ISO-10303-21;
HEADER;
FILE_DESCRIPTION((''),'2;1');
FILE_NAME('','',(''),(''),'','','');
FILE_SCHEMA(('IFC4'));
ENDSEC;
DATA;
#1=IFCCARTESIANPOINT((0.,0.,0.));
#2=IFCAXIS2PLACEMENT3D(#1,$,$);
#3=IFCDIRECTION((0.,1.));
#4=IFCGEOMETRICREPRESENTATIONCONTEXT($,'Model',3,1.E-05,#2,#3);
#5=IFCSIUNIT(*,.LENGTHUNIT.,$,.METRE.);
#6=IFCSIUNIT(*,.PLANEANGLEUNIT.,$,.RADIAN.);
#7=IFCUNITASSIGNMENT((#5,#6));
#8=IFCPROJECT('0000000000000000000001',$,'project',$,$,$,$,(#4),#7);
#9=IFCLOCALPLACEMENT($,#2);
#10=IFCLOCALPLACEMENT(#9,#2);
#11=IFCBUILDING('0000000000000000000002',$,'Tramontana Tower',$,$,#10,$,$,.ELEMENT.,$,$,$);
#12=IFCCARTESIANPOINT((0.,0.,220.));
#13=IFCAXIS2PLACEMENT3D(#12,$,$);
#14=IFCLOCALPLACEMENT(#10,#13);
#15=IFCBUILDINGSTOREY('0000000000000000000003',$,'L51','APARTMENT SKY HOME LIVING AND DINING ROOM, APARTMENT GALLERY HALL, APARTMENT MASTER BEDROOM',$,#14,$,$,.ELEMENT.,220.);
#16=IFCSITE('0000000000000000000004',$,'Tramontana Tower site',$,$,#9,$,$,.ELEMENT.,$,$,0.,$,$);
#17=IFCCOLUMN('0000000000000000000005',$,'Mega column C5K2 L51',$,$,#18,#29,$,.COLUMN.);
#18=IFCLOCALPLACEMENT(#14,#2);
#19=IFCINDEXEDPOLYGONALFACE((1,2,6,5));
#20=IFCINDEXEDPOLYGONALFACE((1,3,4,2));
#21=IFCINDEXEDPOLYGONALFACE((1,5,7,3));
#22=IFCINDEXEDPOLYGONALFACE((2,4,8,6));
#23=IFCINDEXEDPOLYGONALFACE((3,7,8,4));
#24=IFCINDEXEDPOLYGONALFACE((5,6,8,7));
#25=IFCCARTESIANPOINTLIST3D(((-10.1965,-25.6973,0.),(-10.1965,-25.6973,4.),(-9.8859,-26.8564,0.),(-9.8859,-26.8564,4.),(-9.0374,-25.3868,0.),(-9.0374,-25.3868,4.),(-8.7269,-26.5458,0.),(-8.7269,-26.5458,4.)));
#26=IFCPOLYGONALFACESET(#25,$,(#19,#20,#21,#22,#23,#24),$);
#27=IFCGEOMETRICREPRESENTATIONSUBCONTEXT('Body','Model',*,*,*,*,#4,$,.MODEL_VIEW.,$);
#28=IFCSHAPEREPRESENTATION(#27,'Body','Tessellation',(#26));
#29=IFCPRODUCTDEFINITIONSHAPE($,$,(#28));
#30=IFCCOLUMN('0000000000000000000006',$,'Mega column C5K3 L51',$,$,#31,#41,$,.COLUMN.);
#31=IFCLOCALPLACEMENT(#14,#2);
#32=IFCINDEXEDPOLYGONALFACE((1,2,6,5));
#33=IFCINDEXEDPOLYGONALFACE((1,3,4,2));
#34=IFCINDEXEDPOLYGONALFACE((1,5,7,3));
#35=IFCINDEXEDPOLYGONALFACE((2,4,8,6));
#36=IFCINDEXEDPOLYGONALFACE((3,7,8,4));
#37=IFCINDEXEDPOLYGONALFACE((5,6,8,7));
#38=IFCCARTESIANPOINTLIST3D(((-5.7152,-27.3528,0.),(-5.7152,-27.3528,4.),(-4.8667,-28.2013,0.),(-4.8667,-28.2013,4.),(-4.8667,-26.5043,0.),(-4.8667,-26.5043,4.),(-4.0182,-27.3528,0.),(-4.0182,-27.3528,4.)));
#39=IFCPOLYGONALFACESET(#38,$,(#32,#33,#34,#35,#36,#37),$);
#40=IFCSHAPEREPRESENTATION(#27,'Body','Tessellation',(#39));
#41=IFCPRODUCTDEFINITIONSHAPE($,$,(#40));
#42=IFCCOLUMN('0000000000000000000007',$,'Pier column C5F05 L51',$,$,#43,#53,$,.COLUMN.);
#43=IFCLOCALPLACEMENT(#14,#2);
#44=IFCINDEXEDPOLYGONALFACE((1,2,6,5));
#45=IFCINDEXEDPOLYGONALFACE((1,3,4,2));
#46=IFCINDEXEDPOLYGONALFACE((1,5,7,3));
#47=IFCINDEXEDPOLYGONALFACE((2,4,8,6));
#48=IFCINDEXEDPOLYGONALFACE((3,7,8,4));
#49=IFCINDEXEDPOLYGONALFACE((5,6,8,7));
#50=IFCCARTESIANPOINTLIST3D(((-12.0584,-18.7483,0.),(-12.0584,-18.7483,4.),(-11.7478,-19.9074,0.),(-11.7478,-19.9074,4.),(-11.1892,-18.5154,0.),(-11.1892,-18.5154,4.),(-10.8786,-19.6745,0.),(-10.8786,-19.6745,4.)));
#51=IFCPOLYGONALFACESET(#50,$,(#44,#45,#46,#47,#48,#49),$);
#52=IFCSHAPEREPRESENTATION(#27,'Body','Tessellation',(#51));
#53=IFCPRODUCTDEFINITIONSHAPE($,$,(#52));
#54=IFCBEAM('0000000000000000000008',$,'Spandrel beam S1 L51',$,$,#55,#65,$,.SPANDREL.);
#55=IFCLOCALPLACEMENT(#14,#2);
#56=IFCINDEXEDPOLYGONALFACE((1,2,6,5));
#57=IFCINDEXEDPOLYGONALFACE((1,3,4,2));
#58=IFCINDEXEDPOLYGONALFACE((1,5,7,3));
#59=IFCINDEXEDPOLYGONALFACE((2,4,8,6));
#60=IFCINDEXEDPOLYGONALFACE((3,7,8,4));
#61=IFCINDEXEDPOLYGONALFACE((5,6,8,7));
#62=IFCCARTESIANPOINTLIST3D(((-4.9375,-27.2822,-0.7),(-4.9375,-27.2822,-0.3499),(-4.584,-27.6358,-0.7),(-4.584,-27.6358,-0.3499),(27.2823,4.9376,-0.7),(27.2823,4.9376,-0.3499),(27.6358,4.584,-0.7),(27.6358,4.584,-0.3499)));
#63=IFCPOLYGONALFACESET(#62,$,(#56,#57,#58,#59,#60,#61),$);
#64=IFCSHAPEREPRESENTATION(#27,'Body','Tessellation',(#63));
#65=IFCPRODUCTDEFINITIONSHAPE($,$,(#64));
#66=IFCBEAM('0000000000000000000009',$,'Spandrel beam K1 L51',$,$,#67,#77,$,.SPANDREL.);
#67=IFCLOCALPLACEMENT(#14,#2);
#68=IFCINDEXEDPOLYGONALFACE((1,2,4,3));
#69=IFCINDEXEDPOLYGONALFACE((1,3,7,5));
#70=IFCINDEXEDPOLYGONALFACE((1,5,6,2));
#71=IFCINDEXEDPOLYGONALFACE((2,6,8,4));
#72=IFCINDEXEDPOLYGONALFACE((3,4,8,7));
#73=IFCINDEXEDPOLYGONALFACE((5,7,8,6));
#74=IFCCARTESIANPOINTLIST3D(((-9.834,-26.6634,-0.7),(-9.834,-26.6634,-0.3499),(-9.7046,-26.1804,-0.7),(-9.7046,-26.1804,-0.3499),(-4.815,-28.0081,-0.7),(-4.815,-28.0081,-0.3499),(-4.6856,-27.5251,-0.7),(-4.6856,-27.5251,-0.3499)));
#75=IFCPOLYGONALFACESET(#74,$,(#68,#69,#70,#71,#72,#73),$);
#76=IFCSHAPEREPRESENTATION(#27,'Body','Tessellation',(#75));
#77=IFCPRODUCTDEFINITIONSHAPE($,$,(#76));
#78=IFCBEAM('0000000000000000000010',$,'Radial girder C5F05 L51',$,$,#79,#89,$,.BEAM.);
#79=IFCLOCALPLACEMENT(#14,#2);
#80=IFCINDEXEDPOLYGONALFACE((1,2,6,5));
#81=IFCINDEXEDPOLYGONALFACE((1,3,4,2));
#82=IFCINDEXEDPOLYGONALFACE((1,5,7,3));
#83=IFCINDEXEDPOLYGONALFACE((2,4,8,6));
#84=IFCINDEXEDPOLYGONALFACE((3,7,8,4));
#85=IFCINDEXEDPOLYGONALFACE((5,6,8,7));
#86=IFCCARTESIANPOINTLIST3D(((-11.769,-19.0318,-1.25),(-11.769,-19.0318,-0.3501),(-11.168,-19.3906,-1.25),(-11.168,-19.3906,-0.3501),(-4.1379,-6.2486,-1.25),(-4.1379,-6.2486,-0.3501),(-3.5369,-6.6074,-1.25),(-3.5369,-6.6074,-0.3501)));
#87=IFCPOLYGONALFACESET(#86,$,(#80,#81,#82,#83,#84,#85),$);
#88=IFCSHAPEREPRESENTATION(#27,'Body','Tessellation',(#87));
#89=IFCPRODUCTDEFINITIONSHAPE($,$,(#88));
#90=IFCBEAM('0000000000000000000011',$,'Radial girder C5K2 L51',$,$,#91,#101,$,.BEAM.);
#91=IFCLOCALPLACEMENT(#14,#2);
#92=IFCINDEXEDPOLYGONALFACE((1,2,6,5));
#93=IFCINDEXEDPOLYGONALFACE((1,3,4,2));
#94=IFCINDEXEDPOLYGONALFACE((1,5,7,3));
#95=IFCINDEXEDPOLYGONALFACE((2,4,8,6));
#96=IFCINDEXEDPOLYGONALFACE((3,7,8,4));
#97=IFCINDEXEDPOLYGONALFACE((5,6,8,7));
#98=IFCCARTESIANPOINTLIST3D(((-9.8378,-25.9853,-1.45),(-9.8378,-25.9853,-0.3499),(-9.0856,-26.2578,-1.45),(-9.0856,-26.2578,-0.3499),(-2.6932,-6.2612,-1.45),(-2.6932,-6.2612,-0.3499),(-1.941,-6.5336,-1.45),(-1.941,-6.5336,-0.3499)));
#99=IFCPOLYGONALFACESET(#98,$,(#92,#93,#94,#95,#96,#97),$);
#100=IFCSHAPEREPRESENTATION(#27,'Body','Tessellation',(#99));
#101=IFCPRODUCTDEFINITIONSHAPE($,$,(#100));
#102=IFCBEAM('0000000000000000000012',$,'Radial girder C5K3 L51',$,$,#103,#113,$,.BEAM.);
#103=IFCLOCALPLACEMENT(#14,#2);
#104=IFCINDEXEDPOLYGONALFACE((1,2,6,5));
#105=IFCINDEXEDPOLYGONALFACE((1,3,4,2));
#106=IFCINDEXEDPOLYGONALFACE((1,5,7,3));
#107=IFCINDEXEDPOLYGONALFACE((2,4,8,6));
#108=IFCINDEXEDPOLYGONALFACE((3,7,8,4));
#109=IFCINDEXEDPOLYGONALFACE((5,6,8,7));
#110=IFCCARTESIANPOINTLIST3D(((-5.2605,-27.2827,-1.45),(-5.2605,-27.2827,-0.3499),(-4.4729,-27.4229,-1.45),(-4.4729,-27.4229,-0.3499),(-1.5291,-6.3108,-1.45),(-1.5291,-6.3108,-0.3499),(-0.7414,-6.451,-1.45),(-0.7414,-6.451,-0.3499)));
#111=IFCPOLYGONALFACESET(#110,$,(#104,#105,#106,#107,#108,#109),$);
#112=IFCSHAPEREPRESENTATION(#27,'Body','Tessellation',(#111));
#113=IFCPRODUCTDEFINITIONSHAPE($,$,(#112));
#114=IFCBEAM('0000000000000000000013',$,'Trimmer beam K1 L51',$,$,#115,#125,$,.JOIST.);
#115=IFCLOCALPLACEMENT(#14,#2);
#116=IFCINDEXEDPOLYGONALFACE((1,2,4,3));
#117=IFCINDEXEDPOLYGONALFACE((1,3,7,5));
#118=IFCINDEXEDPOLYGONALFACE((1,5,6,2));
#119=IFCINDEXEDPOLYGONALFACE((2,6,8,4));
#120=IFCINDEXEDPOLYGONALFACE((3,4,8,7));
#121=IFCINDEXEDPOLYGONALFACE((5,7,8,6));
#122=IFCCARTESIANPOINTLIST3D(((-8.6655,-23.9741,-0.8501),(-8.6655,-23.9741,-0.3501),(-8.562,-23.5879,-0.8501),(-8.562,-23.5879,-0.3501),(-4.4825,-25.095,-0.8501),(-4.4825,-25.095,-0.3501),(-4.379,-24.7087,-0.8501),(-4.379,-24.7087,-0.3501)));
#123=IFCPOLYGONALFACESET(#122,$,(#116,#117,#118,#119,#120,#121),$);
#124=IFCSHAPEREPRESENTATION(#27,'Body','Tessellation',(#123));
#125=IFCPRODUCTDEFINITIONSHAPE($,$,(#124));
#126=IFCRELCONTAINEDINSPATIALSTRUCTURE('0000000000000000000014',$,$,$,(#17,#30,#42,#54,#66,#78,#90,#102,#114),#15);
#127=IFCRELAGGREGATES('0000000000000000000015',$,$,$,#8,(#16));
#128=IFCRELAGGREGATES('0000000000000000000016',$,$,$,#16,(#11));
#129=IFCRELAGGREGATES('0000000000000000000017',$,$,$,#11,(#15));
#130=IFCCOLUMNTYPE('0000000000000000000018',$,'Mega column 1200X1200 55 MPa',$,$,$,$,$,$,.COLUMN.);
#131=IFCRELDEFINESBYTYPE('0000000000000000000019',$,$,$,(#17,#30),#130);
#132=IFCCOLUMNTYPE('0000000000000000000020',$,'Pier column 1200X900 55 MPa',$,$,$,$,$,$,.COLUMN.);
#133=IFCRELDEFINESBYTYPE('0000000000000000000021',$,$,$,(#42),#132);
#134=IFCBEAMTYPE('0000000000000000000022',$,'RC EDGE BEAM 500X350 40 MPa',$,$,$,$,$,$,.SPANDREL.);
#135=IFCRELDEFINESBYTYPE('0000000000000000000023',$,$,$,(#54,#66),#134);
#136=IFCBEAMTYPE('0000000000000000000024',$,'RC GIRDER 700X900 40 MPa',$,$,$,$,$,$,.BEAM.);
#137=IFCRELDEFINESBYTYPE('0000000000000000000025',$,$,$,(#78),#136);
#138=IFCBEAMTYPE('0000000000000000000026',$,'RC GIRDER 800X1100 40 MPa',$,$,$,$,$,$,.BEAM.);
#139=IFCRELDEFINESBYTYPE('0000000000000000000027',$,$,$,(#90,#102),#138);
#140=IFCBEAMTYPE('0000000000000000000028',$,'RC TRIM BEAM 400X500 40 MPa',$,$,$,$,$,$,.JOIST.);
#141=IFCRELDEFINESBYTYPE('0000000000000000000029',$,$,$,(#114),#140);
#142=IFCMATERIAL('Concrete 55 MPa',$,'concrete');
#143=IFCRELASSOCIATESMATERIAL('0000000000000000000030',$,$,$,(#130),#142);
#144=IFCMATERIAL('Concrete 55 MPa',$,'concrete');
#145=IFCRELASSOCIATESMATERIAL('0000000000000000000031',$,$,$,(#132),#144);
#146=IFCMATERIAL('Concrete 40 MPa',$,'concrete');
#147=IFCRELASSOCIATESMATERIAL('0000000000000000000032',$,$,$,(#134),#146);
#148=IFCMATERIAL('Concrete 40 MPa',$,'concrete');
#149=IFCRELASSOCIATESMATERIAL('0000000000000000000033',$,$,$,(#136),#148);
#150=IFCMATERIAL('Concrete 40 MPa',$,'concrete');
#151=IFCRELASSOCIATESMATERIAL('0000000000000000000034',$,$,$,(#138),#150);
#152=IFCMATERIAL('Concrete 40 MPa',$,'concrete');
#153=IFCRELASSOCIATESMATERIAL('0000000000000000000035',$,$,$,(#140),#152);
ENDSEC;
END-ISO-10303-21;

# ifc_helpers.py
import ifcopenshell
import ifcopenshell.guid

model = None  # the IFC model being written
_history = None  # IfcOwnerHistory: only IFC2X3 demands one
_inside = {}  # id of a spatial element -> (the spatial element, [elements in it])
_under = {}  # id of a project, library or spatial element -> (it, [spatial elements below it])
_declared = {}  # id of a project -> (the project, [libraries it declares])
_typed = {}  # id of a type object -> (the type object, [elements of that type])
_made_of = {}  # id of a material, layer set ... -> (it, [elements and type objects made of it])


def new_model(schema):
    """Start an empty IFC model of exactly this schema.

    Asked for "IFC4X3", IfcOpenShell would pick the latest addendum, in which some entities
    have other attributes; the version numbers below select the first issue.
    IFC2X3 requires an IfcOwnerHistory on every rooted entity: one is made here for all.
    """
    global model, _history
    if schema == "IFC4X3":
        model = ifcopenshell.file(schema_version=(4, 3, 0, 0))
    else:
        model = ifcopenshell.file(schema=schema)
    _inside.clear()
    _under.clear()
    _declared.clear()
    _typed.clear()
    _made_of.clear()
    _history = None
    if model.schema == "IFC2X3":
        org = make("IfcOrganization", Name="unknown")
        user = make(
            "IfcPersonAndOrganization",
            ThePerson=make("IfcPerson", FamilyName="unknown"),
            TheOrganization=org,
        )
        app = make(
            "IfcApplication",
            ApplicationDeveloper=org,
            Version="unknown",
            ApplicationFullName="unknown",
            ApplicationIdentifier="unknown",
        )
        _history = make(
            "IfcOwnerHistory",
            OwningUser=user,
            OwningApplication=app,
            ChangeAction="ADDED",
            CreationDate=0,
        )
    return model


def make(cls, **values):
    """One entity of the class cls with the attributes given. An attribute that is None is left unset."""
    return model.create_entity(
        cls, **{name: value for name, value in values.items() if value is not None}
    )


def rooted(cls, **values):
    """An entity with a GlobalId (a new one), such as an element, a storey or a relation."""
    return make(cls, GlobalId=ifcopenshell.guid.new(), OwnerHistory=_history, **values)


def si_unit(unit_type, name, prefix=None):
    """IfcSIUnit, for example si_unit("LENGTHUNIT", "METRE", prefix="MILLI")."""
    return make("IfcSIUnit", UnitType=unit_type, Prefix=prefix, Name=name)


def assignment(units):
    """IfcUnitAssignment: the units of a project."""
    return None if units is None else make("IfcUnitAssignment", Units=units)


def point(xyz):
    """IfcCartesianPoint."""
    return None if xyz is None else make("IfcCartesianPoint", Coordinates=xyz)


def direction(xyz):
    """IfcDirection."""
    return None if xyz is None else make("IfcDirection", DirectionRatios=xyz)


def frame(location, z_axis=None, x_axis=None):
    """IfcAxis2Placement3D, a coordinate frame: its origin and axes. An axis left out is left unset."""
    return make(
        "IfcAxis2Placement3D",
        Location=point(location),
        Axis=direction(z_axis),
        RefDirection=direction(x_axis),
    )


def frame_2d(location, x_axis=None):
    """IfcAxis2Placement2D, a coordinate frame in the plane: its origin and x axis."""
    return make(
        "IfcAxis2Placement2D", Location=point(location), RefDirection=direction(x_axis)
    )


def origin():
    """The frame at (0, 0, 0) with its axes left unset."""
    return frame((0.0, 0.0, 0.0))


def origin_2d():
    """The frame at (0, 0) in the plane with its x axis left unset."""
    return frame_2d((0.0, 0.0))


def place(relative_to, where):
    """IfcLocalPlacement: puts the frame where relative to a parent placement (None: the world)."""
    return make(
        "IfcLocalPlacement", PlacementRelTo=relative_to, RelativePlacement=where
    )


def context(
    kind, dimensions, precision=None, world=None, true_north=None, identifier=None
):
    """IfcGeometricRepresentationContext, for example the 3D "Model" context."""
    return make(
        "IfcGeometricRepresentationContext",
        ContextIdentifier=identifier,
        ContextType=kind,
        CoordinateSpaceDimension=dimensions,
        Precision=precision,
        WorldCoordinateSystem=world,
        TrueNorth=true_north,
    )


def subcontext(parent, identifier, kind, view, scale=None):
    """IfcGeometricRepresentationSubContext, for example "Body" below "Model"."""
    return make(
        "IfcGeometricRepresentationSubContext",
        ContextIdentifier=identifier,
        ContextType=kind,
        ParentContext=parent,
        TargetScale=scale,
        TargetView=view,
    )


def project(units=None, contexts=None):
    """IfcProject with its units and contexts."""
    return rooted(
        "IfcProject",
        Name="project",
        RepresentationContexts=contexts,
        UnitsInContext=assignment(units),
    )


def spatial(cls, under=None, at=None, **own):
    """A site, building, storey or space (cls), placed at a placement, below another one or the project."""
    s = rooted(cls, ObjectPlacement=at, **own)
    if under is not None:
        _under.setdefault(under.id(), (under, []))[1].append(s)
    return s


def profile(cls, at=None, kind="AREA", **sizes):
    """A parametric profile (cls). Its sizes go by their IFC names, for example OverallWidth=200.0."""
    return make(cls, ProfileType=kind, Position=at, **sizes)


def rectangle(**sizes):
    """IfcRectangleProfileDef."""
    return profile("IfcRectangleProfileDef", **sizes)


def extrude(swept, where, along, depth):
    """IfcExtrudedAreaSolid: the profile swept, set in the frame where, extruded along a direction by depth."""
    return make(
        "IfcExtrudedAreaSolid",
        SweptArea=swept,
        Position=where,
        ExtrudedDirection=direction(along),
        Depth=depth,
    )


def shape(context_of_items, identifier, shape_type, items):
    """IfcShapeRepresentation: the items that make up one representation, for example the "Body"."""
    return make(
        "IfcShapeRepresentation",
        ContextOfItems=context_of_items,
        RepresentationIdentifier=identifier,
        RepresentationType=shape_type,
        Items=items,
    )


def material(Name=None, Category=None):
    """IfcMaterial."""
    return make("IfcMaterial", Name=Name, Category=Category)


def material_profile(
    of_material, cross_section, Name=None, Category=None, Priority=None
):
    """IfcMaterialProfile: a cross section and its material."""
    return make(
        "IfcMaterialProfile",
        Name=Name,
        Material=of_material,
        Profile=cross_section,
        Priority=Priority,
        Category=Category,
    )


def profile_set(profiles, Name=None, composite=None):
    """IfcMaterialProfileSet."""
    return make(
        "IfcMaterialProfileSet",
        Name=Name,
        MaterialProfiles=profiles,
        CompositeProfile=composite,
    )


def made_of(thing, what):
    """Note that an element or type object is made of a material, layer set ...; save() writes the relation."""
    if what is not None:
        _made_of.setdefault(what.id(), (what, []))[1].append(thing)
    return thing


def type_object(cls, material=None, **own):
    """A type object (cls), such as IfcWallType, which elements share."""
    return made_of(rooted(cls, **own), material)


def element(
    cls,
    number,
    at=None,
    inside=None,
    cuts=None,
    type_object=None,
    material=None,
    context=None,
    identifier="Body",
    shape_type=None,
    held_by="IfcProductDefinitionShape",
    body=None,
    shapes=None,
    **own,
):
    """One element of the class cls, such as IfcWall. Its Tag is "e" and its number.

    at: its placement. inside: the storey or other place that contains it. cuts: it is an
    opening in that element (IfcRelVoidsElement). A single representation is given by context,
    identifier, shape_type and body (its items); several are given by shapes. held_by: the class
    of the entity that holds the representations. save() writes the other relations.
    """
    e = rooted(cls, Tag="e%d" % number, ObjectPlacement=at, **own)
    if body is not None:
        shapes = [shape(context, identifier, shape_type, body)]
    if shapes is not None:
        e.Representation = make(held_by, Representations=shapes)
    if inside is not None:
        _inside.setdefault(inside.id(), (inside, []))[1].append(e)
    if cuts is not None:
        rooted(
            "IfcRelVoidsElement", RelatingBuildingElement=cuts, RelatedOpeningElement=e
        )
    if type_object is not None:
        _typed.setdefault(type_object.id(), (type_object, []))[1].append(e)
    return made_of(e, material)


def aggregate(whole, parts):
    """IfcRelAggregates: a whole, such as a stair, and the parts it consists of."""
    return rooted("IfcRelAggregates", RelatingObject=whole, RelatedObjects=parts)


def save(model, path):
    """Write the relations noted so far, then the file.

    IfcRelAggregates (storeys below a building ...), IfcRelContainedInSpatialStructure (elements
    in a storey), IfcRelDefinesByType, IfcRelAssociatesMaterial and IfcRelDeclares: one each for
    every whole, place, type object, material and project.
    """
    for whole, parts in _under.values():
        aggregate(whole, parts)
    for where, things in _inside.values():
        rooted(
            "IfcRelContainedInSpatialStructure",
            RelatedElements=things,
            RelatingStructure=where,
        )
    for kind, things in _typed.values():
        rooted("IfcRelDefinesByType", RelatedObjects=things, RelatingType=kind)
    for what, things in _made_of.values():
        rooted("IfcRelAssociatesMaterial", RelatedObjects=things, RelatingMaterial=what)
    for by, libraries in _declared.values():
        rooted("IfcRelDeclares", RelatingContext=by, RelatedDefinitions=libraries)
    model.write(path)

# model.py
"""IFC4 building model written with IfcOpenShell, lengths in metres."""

from ifc_helpers import new_model, si_unit, direction, frame, origin, origin_2d, place, context, subcontext, project, spatial, rectangle, extrude, material, material_profile, profile_set, type_object, element, save


model = new_model("IFC4")

# Units and contexts
model_context = context("Model", 3, precision=1e-05, world=origin(), true_north=direction((0.0, 1.0)))
body_context = subcontext(model_context, "Body", "Model", "MODEL_VIEW")
ifc_project = project(units=[si_unit("LENGTHUNIT", "METRE"), si_unit("PLANEANGLEUNIT", "RADIAN")], contexts=[model_context])

# Site, building, storey
site_placement = place(None, origin())
site = spatial("IfcSite", under=ifc_project, at=site_placement, Name="Tramontana Tower site", CompositionType="ELEMENT", RefElevation=0.0)
building_placement = place(site_placement, origin())
building = spatial("IfcBuilding", under=site, at=building_placement, Name="Tramontana Tower", CompositionType="ELEMENT")
storey_placement = place(building_placement, frame((0.0, 0.0, 220.0)))
storey = spatial("IfcBuildingStorey", under=building, at=storey_placement, Name="L51", Description="APARTMENT SKY HOME LIVING AND DINING ROOM, APARTMENT GALLERY HALL, APARTMENT MASTER BEDROOM", CompositionType="ELEMENT", Elevation=220.0)

# Columns
ifc_material_1 = material(Name="Concrete 55 MPa", Category="concrete")
ifc_material_profile_1 = material_profile(ifc_material_1, rectangle(XDim=1.2, YDim=1.2, at=origin_2d()), Name="Mega column 1200X1200 55 MPa")
ifc_profile_set_1 = profile_set([ifc_material_profile_1], Name="Concrete 55 MPa")
column_type_1 = type_object("IfcColumnType", Name="Mega column 1200X1200 55 MPa", PredefinedType="COLUMN", material=ifc_profile_set_1)
for number, where, z_axis, x_axis, name in (
    (1, (-9.4617, -26.1216, 0.0), (0.0, 0.0, 1.0), (0.258819, -0.965926, 0.0), "Mega column C5K2 L51"),
    (2, (-4.8667, -27.3528, 0.0), (0.0, 0.0, 1.0), (0.707107, 0.707107, 0.0), "Mega column C5K3 L51"),
):
    element("IfcColumn", number, at=place(storey_placement, frame(where, z_axis=z_axis, x_axis=x_axis)), inside=storey, type_object=column_type_1, Name=name, PredefinedType="COLUMN", context=body_context, shape_type="SweptSolid", body=[
        extrude(rectangle(XDim=1.2, YDim=1.2, at=origin_2d()), origin(), (0.0, 0.0, 1.0), 4.0),
    ])
ifc_material_2 = material(Name="Concrete 55 MPa", Category="concrete")
ifc_material_profile_2 = material_profile(ifc_material_2, rectangle(XDim=1.2, YDim=0.8999, at=origin_2d()), Name="Pier column 1200X900 55 MPa")
ifc_profile_set_2 = profile_set([ifc_material_profile_2], Name="Concrete 55 MPa")
column_type_2 = type_object("IfcColumnType", Name="Pier column 1200X900 55 MPa", PredefinedType="COLUMN", material=ifc_profile_set_2)
column_placement = place(storey_placement, frame((-11.4685, -19.2114, 0.0), z_axis=(0.0, 0.0, 1.0), x_axis=(0.258819, -0.965926, 0.0)))
element("IfcColumn", 3, at=column_placement, inside=storey, type_object=column_type_2, Name="Pier column C5F05 L51", PredefinedType="COLUMN", context=body_context, shape_type="SweptSolid", body=[
    extrude(rectangle(XDim=1.2, YDim=0.8999, at=origin_2d()), origin(), (0.0, 0.0, 1.0), 4.0),
])

# Beams
ifc_material_3 = material(Name="Concrete 40 MPa", Category="concrete")
ifc_material_profile_3 = material_profile(ifc_material_3, rectangle(XDim=0.5, YDim=0.3501, at=origin_2d()), Name="RC EDGE BEAM 500X350 40 MPa")
ifc_profile_set_3 = profile_set([ifc_material_profile_3], Name="Concrete 40 MPa")
beam_type_1 = type_object("IfcBeamType", Name="RC EDGE BEAM 500X350 40 MPa", PredefinedType="SPANDREL", material=ifc_profile_set_3)
beam_1_placement = place(storey_placement, frame((-4.7607, -27.459, -0.5249), z_axis=(0.707107, 0.707107, 0.0), x_axis=(-0.707107, 0.707107, 0.0)))
element("IfcBeam", 4, at=beam_1_placement, inside=storey, type_object=beam_type_1, Name="Spandrel beam S1 L51", PredefinedType="SPANDREL", context=body_context, shape_type="SweptSolid", body=[
    extrude(rectangle(XDim=0.5, YDim=0.3501, at=origin_2d()), origin(), (0.0, 0.0, 1.0), 45.5657),
])
beam_2_placement = place(storey_placement, frame((-9.7693, -26.4219, -0.5249), z_axis=(0.965932, -0.258797, 0.0), x_axis=(0.258797, 0.965932, 0.0)))
element("IfcBeam", 5, at=beam_2_placement, inside=storey, type_object=beam_type_1, Name="Spandrel beam K1 L51", PredefinedType="SPANDREL", context=body_context, shape_type="SweptSolid", body=[
    extrude(rectangle(XDim=0.5, YDim=0.3501, at=origin_2d()), origin(), (0.0, 0.0, 1.0), 5.196),
])
ifc_material_4 = material(Name="Concrete 40 MPa", Category="concrete")
ifc_material_profile_4 = material_profile(ifc_material_4, rectangle(XDim=0.7, YDim=0.8999, at=origin_2d()), Name="RC GIRDER 700X900 40 MPa")
ifc_profile_set_4 = profile_set([ifc_material_profile_4], Name="Concrete 40 MPa")
beam_type_2 = type_object("IfcBeamType", Name="RC GIRDER 700X900 40 MPa", PredefinedType="BEAM", material=ifc_profile_set_4)
beam_3_placement = place(storey_placement, frame((-11.4685, -19.2112, -0.8), z_axis=(0.512577, 0.858641, 0.0), x_axis=(-0.858641, 0.512577, 0.0)))
element("IfcBeam", 6, at=beam_3_placement, inside=storey, type_object=beam_type_2, Name="Radial girder C5F05 L51", PredefinedType="BEAM", context=body_context, shape_type="SweptSolid", body=[
    extrude(rectangle(XDim=0.7, YDim=0.8999, at=origin_2d()), origin(), (0.0, 0.0, 1.0), 14.8877),
])
ifc_material_5 = material(Name="Concrete 40 MPa", Category="concrete")
ifc_material_profile_5 = material_profile(ifc_material_5, rectangle(XDim=0.8, YDim=1.1001, at=origin_2d()), Name="RC GIRDER 800X1100 40 MPa")
ifc_profile_set_5 = profile_set([ifc_material_profile_5], Name="Concrete 40 MPa")
beam_type_3 = type_object("IfcBeamType", Name="RC GIRDER 800X1100 40 MPa", PredefinedType="BEAM", material=ifc_profile_set_5)
beam_4_placement = place(storey_placement, frame((-9.4617, -26.1216, -0.8999), z_axis=(0.340569, 0.940219, 0.0), x_axis=(-0.940219, 0.340569, 0.0)))
element("IfcBeam", 7, at=beam_4_placement, inside=storey, type_object=beam_type_3, Name="Radial girder C5K2 L51", PredefinedType="BEAM", context=body_context, shape_type="SweptSolid", body=[
    extrude(rectangle(XDim=0.8, YDim=1.1001, at=origin_2d()), origin(), (0.0, 0.0, 1.0), 20.9783),
])
beam_5_placement = place(storey_placement, frame((-4.8667, -27.3528, -0.8999), z_axis=(0.175175, 0.984537, 0.0), x_axis=(-0.984537, 0.175175, 0.0)))
element("IfcBeam", 8, at=beam_5_placement, inside=storey, type_object=beam_type_3, Name="Radial girder C5K3 L51", PredefinedType="BEAM", context=body_context, shape_type="SweptSolid", body=[
    extrude(rectangle(XDim=0.8, YDim=1.1001, at=origin_2d()), origin(), (0.0, 0.0, 1.0), 21.3013),
])
ifc_material_6 = material(Name="Concrete 40 MPa", Category="concrete")
ifc_material_profile_6 = material_profile(ifc_material_6, rectangle(XDim=0.3999, YDim=0.5, at=origin_2d()), Name="RC TRIM BEAM 400X500 40 MPa")
ifc_profile_set_6 = profile_set([ifc_material_profile_6], Name="Concrete 40 MPa")
beam_type_4 = type_object("IfcBeamType", Name="RC TRIM BEAM 400X500 40 MPa", PredefinedType="JOIST", material=ifc_profile_set_6)
beam_6_placement = place(storey_placement, frame((-8.6138, -23.781, -0.6001), z_axis=(0.965926, -0.258817, 0.0), x_axis=(0.258817, 0.965926, 0.0)))
element("IfcBeam", 9, at=beam_6_placement, inside=storey, type_object=beam_type_4, Name="Trimmer beam K1 L51", PredefinedType="JOIST", context=body_context, shape_type="SweptSolid", body=[
    extrude(rectangle(XDim=0.3999, YDim=0.5, at=origin_2d()), origin(), (0.0, 0.0, 1.0), 4.3306),
])

save(model, "model.ifc")
